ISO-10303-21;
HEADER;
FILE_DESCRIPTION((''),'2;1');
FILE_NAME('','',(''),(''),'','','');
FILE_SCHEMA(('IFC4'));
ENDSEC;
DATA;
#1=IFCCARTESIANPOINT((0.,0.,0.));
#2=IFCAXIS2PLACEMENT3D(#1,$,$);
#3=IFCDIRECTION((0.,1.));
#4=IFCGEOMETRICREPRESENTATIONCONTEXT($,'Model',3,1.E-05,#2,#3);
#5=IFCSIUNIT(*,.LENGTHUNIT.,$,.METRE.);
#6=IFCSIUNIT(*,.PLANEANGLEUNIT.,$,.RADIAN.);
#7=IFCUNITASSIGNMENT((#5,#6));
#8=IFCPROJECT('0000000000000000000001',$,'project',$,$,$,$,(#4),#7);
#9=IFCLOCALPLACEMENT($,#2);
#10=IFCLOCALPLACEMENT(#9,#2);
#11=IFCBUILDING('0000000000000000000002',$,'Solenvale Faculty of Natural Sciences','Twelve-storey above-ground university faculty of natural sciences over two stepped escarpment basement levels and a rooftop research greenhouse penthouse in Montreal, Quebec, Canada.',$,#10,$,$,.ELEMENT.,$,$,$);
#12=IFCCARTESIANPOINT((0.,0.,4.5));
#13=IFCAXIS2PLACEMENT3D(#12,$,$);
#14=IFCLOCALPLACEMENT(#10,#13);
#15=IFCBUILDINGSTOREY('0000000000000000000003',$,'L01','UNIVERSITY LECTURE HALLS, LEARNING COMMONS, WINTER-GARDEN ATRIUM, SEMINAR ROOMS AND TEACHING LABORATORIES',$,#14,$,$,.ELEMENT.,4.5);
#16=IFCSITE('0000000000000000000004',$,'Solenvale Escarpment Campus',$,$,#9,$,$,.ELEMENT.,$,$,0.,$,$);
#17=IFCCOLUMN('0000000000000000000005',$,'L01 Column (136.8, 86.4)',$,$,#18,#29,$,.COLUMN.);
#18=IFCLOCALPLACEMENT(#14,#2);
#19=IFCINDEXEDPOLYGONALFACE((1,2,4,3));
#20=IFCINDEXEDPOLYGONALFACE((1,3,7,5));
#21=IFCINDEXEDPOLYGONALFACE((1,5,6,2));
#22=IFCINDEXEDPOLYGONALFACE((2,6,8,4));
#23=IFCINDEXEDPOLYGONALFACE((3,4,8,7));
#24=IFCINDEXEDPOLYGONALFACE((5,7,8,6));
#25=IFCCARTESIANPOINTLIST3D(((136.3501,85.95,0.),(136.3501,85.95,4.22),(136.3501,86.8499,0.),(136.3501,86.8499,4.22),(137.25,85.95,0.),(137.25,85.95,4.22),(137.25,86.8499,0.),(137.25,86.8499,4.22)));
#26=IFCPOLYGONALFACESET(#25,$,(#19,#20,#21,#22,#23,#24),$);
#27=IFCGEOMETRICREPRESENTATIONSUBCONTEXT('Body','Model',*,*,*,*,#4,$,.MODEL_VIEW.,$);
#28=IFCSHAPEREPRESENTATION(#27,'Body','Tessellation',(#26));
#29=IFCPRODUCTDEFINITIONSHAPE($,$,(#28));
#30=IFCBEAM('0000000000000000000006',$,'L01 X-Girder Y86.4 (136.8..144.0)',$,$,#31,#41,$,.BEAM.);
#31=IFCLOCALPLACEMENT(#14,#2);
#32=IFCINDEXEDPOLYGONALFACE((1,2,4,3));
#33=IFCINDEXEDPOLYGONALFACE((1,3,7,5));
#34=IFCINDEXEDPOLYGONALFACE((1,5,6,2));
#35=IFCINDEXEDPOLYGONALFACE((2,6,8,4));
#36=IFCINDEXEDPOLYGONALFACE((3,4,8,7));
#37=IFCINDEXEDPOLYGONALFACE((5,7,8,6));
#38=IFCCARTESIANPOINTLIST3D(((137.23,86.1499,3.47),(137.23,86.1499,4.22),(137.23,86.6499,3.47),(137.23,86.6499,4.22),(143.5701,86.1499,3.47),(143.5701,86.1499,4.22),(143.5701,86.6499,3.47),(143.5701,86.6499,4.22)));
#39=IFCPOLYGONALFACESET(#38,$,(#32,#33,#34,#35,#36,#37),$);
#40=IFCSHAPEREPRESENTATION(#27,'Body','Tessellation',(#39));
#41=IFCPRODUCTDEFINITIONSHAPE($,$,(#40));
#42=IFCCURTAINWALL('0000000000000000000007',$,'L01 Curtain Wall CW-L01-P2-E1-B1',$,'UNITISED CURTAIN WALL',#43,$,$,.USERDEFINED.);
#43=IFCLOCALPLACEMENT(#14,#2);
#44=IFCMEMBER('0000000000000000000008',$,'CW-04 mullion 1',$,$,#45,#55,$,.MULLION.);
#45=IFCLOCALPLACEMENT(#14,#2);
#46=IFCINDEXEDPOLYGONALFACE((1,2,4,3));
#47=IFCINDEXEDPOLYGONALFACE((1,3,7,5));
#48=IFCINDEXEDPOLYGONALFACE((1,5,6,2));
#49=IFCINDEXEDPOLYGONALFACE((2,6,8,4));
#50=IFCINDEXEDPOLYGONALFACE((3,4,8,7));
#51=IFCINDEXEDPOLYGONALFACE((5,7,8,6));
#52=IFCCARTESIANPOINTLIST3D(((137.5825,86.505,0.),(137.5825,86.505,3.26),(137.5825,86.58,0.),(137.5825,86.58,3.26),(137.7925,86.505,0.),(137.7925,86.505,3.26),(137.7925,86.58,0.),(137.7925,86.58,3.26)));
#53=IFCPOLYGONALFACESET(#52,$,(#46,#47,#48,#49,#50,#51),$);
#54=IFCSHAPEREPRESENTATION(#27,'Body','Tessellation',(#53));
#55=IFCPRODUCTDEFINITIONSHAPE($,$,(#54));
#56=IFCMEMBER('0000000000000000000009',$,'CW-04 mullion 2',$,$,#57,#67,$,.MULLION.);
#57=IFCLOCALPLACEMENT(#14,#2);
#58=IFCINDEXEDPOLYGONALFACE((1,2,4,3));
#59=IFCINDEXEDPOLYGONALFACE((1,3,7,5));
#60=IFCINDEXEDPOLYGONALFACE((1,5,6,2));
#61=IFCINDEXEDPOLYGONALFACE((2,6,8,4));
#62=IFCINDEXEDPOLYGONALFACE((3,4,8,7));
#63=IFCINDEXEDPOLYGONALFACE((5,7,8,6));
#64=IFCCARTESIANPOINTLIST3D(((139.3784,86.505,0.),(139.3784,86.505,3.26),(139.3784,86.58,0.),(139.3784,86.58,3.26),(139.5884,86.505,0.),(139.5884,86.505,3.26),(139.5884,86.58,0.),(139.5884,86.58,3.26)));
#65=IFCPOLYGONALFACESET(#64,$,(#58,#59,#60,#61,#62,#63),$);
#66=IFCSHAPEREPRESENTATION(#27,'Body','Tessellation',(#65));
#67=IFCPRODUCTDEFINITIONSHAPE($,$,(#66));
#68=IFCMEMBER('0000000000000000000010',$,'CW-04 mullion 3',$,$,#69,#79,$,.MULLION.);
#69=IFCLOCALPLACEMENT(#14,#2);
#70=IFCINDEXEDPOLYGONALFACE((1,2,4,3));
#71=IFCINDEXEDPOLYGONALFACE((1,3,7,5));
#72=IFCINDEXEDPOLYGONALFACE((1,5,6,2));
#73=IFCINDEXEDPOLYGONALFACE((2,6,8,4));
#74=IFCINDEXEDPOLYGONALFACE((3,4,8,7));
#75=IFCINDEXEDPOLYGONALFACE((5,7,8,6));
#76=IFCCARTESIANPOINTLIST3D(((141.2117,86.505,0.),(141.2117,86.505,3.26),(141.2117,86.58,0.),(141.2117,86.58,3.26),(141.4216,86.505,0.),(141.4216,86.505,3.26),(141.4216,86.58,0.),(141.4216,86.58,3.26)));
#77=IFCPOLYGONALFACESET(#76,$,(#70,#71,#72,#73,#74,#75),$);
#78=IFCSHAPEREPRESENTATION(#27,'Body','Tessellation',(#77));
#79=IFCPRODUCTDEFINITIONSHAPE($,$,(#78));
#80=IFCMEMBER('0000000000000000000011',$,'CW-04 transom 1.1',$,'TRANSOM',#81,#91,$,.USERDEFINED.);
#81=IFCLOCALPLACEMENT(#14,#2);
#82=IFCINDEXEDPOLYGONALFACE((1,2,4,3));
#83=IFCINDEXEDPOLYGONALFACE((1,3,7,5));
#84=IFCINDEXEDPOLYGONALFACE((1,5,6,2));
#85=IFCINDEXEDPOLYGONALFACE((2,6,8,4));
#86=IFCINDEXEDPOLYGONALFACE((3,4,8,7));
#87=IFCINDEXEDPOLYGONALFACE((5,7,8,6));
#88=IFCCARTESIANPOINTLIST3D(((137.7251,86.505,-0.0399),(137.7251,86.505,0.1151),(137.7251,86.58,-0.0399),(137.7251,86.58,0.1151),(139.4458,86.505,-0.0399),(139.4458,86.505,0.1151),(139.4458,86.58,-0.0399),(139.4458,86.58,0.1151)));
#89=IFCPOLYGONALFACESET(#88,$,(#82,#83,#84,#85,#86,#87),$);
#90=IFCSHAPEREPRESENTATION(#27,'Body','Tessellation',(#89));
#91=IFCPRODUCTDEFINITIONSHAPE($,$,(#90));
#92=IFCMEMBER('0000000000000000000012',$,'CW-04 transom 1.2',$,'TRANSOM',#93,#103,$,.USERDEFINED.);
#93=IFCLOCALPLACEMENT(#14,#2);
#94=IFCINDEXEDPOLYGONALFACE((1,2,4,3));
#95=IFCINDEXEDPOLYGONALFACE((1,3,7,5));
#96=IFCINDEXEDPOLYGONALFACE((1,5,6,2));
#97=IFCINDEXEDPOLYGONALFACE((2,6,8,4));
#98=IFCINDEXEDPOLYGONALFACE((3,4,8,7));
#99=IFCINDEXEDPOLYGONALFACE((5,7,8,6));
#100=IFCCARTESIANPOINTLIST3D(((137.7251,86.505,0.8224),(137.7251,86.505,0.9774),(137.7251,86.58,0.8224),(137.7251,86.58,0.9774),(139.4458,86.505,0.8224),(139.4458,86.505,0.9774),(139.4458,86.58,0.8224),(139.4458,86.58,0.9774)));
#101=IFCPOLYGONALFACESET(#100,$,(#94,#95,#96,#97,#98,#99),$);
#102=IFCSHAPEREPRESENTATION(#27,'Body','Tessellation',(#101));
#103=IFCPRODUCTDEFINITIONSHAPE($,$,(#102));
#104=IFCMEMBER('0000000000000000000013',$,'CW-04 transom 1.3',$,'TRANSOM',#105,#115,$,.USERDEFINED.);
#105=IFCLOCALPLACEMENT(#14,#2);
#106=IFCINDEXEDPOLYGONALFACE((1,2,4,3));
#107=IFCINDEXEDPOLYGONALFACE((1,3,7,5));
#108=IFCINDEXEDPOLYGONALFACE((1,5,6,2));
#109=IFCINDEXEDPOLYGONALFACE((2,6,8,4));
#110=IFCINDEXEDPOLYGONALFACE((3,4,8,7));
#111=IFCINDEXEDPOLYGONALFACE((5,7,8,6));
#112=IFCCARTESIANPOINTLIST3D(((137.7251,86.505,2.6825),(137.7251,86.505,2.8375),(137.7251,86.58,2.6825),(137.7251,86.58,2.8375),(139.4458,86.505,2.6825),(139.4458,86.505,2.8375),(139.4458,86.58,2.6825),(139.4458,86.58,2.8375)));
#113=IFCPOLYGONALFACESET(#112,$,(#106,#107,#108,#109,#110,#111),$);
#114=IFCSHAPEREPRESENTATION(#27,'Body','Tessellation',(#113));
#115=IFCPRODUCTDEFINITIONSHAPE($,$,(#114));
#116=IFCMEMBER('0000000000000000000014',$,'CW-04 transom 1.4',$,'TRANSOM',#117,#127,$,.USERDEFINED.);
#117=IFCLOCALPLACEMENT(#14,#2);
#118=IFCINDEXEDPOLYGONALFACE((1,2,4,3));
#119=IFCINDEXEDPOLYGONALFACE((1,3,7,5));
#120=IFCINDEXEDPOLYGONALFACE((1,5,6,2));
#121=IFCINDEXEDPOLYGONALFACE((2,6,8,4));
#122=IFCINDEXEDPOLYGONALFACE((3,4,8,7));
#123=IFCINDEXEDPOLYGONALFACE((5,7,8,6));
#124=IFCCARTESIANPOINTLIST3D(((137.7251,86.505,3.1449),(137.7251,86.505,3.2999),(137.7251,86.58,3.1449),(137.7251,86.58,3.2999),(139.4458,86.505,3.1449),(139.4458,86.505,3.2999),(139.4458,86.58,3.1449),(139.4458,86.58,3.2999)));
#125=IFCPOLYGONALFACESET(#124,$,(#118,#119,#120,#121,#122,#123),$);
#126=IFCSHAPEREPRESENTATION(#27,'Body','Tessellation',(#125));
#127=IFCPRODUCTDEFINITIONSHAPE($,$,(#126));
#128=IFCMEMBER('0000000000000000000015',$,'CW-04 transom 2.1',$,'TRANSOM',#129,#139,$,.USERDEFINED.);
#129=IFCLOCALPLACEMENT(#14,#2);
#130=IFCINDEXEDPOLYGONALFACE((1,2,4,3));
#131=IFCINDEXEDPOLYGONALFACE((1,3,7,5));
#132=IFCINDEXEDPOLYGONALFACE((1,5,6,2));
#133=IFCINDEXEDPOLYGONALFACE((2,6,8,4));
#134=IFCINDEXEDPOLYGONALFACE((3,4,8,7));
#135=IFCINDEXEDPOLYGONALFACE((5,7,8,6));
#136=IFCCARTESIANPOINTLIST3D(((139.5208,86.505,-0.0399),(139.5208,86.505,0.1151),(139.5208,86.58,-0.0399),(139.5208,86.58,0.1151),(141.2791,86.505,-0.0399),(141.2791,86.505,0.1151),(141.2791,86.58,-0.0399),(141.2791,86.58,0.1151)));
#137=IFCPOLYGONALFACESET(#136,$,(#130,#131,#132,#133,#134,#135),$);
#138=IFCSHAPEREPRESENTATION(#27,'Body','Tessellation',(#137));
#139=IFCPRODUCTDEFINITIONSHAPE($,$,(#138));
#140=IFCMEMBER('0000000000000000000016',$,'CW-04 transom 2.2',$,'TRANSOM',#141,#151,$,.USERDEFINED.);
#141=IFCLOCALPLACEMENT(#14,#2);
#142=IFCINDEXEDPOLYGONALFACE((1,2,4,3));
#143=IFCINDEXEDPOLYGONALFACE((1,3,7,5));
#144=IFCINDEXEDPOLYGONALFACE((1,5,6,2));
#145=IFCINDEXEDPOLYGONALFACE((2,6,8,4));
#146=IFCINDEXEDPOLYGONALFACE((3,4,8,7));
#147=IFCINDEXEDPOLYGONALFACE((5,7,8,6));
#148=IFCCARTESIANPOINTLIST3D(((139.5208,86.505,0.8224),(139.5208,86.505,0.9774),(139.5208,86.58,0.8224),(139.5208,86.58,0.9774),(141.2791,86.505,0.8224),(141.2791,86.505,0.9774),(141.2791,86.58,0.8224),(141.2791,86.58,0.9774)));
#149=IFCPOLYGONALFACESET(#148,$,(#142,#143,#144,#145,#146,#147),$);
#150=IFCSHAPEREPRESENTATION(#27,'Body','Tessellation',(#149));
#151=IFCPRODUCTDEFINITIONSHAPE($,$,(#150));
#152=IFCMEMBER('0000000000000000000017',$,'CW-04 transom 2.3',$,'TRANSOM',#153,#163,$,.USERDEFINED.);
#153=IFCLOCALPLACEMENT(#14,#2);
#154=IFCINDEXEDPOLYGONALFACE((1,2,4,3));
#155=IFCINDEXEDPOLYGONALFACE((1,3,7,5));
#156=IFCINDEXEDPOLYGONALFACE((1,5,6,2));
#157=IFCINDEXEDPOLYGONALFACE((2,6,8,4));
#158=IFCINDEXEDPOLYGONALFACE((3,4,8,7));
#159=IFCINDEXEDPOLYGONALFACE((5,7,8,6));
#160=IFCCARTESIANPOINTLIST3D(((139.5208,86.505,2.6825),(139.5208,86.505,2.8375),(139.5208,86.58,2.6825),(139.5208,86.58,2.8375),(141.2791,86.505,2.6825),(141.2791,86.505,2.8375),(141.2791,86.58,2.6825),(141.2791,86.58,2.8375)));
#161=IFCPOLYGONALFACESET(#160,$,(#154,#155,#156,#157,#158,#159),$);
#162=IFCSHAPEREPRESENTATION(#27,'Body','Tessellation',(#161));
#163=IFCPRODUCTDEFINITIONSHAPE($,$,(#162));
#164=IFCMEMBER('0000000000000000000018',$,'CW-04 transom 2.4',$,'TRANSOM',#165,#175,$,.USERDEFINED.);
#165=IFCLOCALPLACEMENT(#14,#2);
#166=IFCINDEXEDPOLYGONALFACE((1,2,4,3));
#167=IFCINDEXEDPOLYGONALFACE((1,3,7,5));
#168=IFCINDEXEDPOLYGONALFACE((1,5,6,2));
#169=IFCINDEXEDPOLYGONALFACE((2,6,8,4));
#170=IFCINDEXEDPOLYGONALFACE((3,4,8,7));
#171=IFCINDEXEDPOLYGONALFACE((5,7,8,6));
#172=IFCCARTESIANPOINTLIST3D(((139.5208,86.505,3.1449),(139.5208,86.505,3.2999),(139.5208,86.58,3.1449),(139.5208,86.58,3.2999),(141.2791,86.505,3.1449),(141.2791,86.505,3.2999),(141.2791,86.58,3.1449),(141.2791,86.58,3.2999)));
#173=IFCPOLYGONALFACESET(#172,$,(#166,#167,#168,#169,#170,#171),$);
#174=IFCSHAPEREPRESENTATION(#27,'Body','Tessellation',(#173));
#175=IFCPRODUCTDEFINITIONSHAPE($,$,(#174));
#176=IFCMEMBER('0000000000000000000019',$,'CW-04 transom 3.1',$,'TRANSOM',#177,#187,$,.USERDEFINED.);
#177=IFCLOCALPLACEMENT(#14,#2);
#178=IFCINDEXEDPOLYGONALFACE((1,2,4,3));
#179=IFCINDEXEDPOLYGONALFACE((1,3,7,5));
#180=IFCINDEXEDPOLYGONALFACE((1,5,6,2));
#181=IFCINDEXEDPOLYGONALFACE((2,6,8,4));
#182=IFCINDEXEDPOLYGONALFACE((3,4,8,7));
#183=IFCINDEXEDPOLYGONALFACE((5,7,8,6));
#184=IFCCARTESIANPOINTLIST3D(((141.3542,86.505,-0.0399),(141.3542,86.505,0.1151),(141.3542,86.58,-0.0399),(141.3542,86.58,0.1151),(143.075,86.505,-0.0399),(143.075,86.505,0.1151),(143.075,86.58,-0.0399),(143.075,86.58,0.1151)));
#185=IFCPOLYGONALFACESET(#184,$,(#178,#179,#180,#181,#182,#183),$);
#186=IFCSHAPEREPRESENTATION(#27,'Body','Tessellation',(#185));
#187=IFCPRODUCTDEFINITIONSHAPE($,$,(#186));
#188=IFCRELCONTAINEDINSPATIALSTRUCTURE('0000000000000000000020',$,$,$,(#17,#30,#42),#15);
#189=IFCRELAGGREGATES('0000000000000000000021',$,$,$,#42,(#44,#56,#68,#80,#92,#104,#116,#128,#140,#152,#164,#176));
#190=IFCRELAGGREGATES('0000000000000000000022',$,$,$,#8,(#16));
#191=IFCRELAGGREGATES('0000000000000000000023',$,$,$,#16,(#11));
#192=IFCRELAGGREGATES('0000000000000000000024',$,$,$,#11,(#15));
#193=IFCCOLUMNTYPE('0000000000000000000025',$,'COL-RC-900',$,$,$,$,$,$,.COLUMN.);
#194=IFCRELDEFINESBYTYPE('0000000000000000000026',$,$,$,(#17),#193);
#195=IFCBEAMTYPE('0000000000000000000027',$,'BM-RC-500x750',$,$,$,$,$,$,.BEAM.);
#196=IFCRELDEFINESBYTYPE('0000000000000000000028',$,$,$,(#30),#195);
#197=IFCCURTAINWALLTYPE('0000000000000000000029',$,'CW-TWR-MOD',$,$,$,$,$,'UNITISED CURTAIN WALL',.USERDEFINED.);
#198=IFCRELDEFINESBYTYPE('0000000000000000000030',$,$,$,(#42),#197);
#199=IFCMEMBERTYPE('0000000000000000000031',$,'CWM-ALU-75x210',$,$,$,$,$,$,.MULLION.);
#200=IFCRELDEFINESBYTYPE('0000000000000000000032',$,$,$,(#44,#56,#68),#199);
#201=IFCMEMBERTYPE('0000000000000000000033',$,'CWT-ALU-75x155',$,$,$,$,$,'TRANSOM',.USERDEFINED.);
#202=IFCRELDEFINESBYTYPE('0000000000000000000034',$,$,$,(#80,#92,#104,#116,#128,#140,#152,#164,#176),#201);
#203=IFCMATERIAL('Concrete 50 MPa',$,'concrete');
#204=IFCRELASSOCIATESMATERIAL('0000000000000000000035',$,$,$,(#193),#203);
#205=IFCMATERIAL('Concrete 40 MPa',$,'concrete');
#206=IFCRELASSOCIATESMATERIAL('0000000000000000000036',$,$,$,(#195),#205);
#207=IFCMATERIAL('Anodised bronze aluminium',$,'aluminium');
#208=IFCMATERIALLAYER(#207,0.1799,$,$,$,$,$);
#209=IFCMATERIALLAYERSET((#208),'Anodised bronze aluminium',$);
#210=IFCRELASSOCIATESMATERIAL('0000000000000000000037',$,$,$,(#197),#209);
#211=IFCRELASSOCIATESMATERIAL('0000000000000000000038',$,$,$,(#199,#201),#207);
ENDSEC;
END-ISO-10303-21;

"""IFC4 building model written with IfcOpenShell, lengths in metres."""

from ifc_helpers import new_model, si_unit, direction, frame, origin, origin_2d, place, context, subcontext, project, spatial, rectangle, extrude, material, layer, layer_set, material_profile, profile_set, type_object, element, aggregate, save


model = new_model("IFC4")

# Units and contexts
model_context = context("Model", 3, precision=1e-05, world=origin(), true_north=direction((0.0, 1.0)))
body_context = subcontext(model_context, "Body", "Model", "MODEL_VIEW")
ifc_project = project(units=[si_unit("LENGTHUNIT", "METRE"), si_unit("PLANEANGLEUNIT", "RADIAN")], contexts=[model_context])

# Site, building, storey
site_placement = place(None, origin())
site = spatial("IfcSite", under=ifc_project, at=site_placement, Name="Solenvale Escarpment Campus", CompositionType="ELEMENT", RefElevation=0.0)
building_placement = place(site_placement, origin())
building = spatial("IfcBuilding", under=site, at=building_placement, Name="Solenvale Faculty of Natural Sciences", Description="Twelve-storey above-ground university faculty of natural sciences over two stepped escarpment basement levels and a rooftop research greenhouse penthouse in Montreal, Quebec, Canada.", CompositionType="ELEMENT")
storey_placement = place(building_placement, frame((0.0, 0.0, 4.5)))
storey = spatial("IfcBuildingStorey", under=building, at=storey_placement, Name="L01", Description="UNIVERSITY LECTURE HALLS, LEARNING COMMONS, WINTER-GARDEN ATRIUM, SEMINAR ROOMS AND TEACHING LABORATORIES", CompositionType="ELEMENT", Elevation=4.5)

# Column
ifc_material_1 = material(Name="Concrete 50 MPa", Category="concrete")
ifc_material_profile_1 = material_profile(ifc_material_1, rectangle(XDim=0.8999, YDim=0.8999, at=origin_2d()), Name="RC-COL-900x900")
ifc_profile_set_1 = profile_set([ifc_material_profile_1], Name="Concrete 50 MPa")
column_type = type_object("IfcColumnType", Name="COL-RC-900", PredefinedType="COLUMN", material=ifc_profile_set_1)
column_placement = place(storey_placement, frame((136.8, 86.3999, 0.0), z_axis=(0.0, 0.0, 1.0), x_axis=(1.0, 0.0, 0.0)))
element("IfcColumn", 1, at=column_placement, inside=storey, type_object=column_type, Name="L01 Column (136.8, 86.4)", PredefinedType="COLUMN", context=body_context, shape_type="SweptSolid", body=[
    extrude(rectangle(XDim=0.8999, YDim=0.8999, at=origin_2d()), origin(), (0.0, 0.0, 1.0), 4.22),
])

# Beam
ifc_material_2 = material(Name="Concrete 40 MPa", Category="concrete")
ifc_material_profile_2 = material_profile(ifc_material_2, rectangle(XDim=0.5, YDim=0.75, at=origin_2d()), Name="RC-BM-500x750")
ifc_profile_set_2 = profile_set([ifc_material_profile_2], Name="Concrete 40 MPa")
beam_type = type_object("IfcBeamType", Name="BM-RC-500x750", PredefinedType="BEAM", material=ifc_profile_set_2)
beam_placement = place(storey_placement, frame((137.23, 86.3999, 3.845), z_axis=(1.0, 0.0, 0.0), x_axis=(0.0, 1.0, 0.0)))
element("IfcBeam", 2, at=beam_placement, inside=storey, type_object=beam_type, Name="L01 X-Girder Y86.4 (136.8..144.0)", PredefinedType="BEAM", context=body_context, shape_type="SweptSolid", body=[
    extrude(rectangle(XDim=0.5, YDim=0.75, at=origin_2d()), origin(), (0.0, 0.0, 1.0), 6.3401),
])

# Curtain wall, members
ifc_material_3 = material(Name="Anodised bronze aluminium", Category="aluminium")
ifc_layer_1 = layer(ifc_material_3, 0.1799)
ifc_layer_set_1 = layer_set([ifc_layer_1], Name="Anodised bronze aluminium")
curtain_wall_type = type_object("IfcCurtainWallType", Name="CW-TWR-MOD", ElementType="UNITISED CURTAIN WALL", PredefinedType="USERDEFINED", material=ifc_layer_set_1)
curtain_wall_placement = place(storey_placement, origin())
curtain_wall = element("IfcCurtainWall", 3, at=curtain_wall_placement, inside=storey, type_object=curtain_wall_type, Name="L01 Curtain Wall CW-L01-P2-E1-B1", ObjectType="UNITISED CURTAIN WALL", PredefinedType="USERDEFINED")
ifc_material_profile_3 = material_profile(ifc_material_3, rectangle(XDim=0.075, YDim=0.21, at=origin_2d()), Name="ALU-MUL-75x210")
ifc_profile_set_3 = profile_set([ifc_material_profile_3], Name="Anodised bronze aluminium")
member_type_1 = type_object("IfcMemberType", Name="CWM-ALU-75x210", PredefinedType="MULLION", material=ifc_profile_set_3)
member_1_placement = place(storey_placement, frame((137.6875, 86.5425, 0.0), z_axis=(0.0, 0.0, 1.0), x_axis=(0.0, 1.0, 0.0)))
member_1 = element("IfcMember", 4, at=member_1_placement, type_object=member_type_1, Name="CW-04 mullion 1", PredefinedType="MULLION", context=body_context, shape_type="SweptSolid", body=[
    extrude(rectangle(XDim=0.075, YDim=0.21, at=origin_2d()), origin(), (0.0, 0.0, 1.0), 3.26),
])
member_2_placement = place(storey_placement, frame((139.4834, 86.5425, 0.0), z_axis=(0.0, 0.0, 1.0), x_axis=(0.0, 1.0, 0.0)))
member_2 = element("IfcMember", 5, at=member_2_placement, type_object=member_type_1, Name="CW-04 mullion 2", PredefinedType="MULLION", context=body_context, shape_type="SweptSolid", body=[
    extrude(rectangle(XDim=0.075, YDim=0.21, at=origin_2d()), origin(), (0.0, 0.0, 1.0), 3.26),
])
member_3_placement = place(storey_placement, frame((141.3167, 86.5425, 0.0), z_axis=(0.0, 0.0, 1.0), x_axis=(0.0, 1.0, 0.0)))
member_3 = element("IfcMember", 6, at=member_3_placement, type_object=member_type_1, Name="CW-04 mullion 3", PredefinedType="MULLION", context=body_context, shape_type="SweptSolid", body=[
    extrude(rectangle(XDim=0.075, YDim=0.21, at=origin_2d()), origin(), (0.0, 0.0, 1.0), 3.26),
])
ifc_material_profile_4 = material_profile(ifc_material_3, rectangle(XDim=0.075, YDim=0.155, at=origin_2d()), Name="ALU-TRN-75x155")
ifc_profile_set_4 = profile_set([ifc_material_profile_4], Name="Anodised bronze aluminium")
member_type_2 = type_object("IfcMemberType", Name="CWT-ALU-75x155", ElementType="TRANSOM", PredefinedType="USERDEFINED", material=ifc_profile_set_4)
member_4_placement = place(storey_placement, frame((137.7251, 86.5425, 0.0376), z_axis=(1.0, 0.0, 0.0), x_axis=(0.0, 1.0, 0.0)))
member_4 = element("IfcMember", 7, at=member_4_placement, type_object=member_type_2, Name="CW-04 transom 1.1", ObjectType="TRANSOM", PredefinedType="USERDEFINED", context=body_context, shape_type="SweptSolid", body=[
    extrude(rectangle(XDim=0.075, YDim=0.155, at=origin_2d()), origin(), (0.0, 0.0, 1.0), 1.7207),
])
member_5_placement = place(storey_placement, frame((137.7251, 86.5425, 0.8999), z_axis=(1.0, 0.0, 0.0), x_axis=(0.0, 1.0, 0.0)))
member_5 = element("IfcMember", 8, at=member_5_placement, type_object=member_type_2, Name="CW-04 transom 1.2", ObjectType="TRANSOM", PredefinedType="USERDEFINED", context=body_context, shape_type="SweptSolid", body=[
    extrude(rectangle(XDim=0.075, YDim=0.155, at=origin_2d()), origin(), (0.0, 0.0, 1.0), 1.7207),
])
member_6_placement = place(storey_placement, frame((137.7251, 86.5425, 2.76), z_axis=(1.0, 0.0, 0.0), x_axis=(0.0, 1.0, 0.0)))
member_6 = element("IfcMember", 9, at=member_6_placement, type_object=member_type_2, Name="CW-04 transom 1.3", ObjectType="TRANSOM", PredefinedType="USERDEFINED", context=body_context, shape_type="SweptSolid", body=[
    extrude(rectangle(XDim=0.075, YDim=0.155, at=origin_2d()), origin(), (0.0, 0.0, 1.0), 1.7207),
])
member_7_placement = place(storey_placement, frame((137.7251, 86.5425, 3.2224), z_axis=(1.0, 0.0, 0.0), x_axis=(0.0, 1.0, 0.0)))
member_7 = element("IfcMember", 10, at=member_7_placement, type_object=member_type_2, Name="CW-04 transom 1.4", ObjectType="TRANSOM", PredefinedType="USERDEFINED", context=body_context, shape_type="SweptSolid", body=[
    extrude(rectangle(XDim=0.075, YDim=0.155, at=origin_2d()), origin(), (0.0, 0.0, 1.0), 1.7207),
])
member_8_placement = place(storey_placement, frame((139.5208, 86.5425, 0.0376), z_axis=(1.0, 0.0, 0.0), x_axis=(0.0, 1.0, 0.0)))
member_8 = element("IfcMember", 11, at=member_8_placement, type_object=member_type_2, Name="CW-04 transom 2.1", ObjectType="TRANSOM", PredefinedType="USERDEFINED", context=body_context, shape_type="SweptSolid", body=[
    extrude(rectangle(XDim=0.075, YDim=0.155, at=origin_2d()), origin(), (0.0, 0.0, 1.0), 1.7583),
])
member_9_placement = place(storey_placement, frame((139.5208, 86.5425, 0.8999), z_axis=(1.0, 0.0, 0.0), x_axis=(0.0, 1.0, 0.0)))
member_9 = element("IfcMember", 12, at=member_9_placement, type_object=member_type_2, Name="CW-04 transom 2.2", ObjectType="TRANSOM", PredefinedType="USERDEFINED", context=body_context, shape_type="SweptSolid", body=[
    extrude(rectangle(XDim=0.075, YDim=0.155, at=origin_2d()), origin(), (0.0, 0.0, 1.0), 1.7583),
])
member_10_placement = place(storey_placement, frame((139.5208, 86.5425, 2.76), z_axis=(1.0, 0.0, 0.0), x_axis=(0.0, 1.0, 0.0)))
member_10 = element("IfcMember", 13, at=member_10_placement, type_object=member_type_2, Name="CW-04 transom 2.3", ObjectType="TRANSOM", PredefinedType="USERDEFINED", context=body_context, shape_type="SweptSolid", body=[
    extrude(rectangle(XDim=0.075, YDim=0.155, at=origin_2d()), origin(), (0.0, 0.0, 1.0), 1.7583),
])
member_11_placement = place(storey_placement, frame((139.5208, 86.5425, 3.2224), z_axis=(1.0, 0.0, 0.0), x_axis=(0.0, 1.0, 0.0)))
member_11 = element("IfcMember", 14, at=member_11_placement, type_object=member_type_2, Name="CW-04 transom 2.4", ObjectType="TRANSOM", PredefinedType="USERDEFINED", context=body_context, shape_type="SweptSolid", body=[
    extrude(rectangle(XDim=0.075, YDim=0.155, at=origin_2d()), origin(), (0.0, 0.0, 1.0), 1.7583),
])
member_12_placement = place(storey_placement, frame((141.3542, 86.5425, 0.0376), z_axis=(1.0, 0.0, 0.0), x_axis=(0.0, 1.0, 0.0)))
member_12 = element("IfcMember", 15, at=member_12_placement, type_object=member_type_2, Name="CW-04 transom 3.1", ObjectType="TRANSOM", PredefinedType="USERDEFINED", context=body_context, shape_type="SweptSolid", body=[
    extrude(rectangle(XDim=0.075, YDim=0.155, at=origin_2d()), origin(), (0.0, 0.0, 1.0), 1.7207),
])
aggregate(curtain_wall, [member_1, member_2, member_3, member_4, member_5, member_6, member_7, member_8, member_9, member_10, member_11, member_12])

save(model, "model.ifc")
